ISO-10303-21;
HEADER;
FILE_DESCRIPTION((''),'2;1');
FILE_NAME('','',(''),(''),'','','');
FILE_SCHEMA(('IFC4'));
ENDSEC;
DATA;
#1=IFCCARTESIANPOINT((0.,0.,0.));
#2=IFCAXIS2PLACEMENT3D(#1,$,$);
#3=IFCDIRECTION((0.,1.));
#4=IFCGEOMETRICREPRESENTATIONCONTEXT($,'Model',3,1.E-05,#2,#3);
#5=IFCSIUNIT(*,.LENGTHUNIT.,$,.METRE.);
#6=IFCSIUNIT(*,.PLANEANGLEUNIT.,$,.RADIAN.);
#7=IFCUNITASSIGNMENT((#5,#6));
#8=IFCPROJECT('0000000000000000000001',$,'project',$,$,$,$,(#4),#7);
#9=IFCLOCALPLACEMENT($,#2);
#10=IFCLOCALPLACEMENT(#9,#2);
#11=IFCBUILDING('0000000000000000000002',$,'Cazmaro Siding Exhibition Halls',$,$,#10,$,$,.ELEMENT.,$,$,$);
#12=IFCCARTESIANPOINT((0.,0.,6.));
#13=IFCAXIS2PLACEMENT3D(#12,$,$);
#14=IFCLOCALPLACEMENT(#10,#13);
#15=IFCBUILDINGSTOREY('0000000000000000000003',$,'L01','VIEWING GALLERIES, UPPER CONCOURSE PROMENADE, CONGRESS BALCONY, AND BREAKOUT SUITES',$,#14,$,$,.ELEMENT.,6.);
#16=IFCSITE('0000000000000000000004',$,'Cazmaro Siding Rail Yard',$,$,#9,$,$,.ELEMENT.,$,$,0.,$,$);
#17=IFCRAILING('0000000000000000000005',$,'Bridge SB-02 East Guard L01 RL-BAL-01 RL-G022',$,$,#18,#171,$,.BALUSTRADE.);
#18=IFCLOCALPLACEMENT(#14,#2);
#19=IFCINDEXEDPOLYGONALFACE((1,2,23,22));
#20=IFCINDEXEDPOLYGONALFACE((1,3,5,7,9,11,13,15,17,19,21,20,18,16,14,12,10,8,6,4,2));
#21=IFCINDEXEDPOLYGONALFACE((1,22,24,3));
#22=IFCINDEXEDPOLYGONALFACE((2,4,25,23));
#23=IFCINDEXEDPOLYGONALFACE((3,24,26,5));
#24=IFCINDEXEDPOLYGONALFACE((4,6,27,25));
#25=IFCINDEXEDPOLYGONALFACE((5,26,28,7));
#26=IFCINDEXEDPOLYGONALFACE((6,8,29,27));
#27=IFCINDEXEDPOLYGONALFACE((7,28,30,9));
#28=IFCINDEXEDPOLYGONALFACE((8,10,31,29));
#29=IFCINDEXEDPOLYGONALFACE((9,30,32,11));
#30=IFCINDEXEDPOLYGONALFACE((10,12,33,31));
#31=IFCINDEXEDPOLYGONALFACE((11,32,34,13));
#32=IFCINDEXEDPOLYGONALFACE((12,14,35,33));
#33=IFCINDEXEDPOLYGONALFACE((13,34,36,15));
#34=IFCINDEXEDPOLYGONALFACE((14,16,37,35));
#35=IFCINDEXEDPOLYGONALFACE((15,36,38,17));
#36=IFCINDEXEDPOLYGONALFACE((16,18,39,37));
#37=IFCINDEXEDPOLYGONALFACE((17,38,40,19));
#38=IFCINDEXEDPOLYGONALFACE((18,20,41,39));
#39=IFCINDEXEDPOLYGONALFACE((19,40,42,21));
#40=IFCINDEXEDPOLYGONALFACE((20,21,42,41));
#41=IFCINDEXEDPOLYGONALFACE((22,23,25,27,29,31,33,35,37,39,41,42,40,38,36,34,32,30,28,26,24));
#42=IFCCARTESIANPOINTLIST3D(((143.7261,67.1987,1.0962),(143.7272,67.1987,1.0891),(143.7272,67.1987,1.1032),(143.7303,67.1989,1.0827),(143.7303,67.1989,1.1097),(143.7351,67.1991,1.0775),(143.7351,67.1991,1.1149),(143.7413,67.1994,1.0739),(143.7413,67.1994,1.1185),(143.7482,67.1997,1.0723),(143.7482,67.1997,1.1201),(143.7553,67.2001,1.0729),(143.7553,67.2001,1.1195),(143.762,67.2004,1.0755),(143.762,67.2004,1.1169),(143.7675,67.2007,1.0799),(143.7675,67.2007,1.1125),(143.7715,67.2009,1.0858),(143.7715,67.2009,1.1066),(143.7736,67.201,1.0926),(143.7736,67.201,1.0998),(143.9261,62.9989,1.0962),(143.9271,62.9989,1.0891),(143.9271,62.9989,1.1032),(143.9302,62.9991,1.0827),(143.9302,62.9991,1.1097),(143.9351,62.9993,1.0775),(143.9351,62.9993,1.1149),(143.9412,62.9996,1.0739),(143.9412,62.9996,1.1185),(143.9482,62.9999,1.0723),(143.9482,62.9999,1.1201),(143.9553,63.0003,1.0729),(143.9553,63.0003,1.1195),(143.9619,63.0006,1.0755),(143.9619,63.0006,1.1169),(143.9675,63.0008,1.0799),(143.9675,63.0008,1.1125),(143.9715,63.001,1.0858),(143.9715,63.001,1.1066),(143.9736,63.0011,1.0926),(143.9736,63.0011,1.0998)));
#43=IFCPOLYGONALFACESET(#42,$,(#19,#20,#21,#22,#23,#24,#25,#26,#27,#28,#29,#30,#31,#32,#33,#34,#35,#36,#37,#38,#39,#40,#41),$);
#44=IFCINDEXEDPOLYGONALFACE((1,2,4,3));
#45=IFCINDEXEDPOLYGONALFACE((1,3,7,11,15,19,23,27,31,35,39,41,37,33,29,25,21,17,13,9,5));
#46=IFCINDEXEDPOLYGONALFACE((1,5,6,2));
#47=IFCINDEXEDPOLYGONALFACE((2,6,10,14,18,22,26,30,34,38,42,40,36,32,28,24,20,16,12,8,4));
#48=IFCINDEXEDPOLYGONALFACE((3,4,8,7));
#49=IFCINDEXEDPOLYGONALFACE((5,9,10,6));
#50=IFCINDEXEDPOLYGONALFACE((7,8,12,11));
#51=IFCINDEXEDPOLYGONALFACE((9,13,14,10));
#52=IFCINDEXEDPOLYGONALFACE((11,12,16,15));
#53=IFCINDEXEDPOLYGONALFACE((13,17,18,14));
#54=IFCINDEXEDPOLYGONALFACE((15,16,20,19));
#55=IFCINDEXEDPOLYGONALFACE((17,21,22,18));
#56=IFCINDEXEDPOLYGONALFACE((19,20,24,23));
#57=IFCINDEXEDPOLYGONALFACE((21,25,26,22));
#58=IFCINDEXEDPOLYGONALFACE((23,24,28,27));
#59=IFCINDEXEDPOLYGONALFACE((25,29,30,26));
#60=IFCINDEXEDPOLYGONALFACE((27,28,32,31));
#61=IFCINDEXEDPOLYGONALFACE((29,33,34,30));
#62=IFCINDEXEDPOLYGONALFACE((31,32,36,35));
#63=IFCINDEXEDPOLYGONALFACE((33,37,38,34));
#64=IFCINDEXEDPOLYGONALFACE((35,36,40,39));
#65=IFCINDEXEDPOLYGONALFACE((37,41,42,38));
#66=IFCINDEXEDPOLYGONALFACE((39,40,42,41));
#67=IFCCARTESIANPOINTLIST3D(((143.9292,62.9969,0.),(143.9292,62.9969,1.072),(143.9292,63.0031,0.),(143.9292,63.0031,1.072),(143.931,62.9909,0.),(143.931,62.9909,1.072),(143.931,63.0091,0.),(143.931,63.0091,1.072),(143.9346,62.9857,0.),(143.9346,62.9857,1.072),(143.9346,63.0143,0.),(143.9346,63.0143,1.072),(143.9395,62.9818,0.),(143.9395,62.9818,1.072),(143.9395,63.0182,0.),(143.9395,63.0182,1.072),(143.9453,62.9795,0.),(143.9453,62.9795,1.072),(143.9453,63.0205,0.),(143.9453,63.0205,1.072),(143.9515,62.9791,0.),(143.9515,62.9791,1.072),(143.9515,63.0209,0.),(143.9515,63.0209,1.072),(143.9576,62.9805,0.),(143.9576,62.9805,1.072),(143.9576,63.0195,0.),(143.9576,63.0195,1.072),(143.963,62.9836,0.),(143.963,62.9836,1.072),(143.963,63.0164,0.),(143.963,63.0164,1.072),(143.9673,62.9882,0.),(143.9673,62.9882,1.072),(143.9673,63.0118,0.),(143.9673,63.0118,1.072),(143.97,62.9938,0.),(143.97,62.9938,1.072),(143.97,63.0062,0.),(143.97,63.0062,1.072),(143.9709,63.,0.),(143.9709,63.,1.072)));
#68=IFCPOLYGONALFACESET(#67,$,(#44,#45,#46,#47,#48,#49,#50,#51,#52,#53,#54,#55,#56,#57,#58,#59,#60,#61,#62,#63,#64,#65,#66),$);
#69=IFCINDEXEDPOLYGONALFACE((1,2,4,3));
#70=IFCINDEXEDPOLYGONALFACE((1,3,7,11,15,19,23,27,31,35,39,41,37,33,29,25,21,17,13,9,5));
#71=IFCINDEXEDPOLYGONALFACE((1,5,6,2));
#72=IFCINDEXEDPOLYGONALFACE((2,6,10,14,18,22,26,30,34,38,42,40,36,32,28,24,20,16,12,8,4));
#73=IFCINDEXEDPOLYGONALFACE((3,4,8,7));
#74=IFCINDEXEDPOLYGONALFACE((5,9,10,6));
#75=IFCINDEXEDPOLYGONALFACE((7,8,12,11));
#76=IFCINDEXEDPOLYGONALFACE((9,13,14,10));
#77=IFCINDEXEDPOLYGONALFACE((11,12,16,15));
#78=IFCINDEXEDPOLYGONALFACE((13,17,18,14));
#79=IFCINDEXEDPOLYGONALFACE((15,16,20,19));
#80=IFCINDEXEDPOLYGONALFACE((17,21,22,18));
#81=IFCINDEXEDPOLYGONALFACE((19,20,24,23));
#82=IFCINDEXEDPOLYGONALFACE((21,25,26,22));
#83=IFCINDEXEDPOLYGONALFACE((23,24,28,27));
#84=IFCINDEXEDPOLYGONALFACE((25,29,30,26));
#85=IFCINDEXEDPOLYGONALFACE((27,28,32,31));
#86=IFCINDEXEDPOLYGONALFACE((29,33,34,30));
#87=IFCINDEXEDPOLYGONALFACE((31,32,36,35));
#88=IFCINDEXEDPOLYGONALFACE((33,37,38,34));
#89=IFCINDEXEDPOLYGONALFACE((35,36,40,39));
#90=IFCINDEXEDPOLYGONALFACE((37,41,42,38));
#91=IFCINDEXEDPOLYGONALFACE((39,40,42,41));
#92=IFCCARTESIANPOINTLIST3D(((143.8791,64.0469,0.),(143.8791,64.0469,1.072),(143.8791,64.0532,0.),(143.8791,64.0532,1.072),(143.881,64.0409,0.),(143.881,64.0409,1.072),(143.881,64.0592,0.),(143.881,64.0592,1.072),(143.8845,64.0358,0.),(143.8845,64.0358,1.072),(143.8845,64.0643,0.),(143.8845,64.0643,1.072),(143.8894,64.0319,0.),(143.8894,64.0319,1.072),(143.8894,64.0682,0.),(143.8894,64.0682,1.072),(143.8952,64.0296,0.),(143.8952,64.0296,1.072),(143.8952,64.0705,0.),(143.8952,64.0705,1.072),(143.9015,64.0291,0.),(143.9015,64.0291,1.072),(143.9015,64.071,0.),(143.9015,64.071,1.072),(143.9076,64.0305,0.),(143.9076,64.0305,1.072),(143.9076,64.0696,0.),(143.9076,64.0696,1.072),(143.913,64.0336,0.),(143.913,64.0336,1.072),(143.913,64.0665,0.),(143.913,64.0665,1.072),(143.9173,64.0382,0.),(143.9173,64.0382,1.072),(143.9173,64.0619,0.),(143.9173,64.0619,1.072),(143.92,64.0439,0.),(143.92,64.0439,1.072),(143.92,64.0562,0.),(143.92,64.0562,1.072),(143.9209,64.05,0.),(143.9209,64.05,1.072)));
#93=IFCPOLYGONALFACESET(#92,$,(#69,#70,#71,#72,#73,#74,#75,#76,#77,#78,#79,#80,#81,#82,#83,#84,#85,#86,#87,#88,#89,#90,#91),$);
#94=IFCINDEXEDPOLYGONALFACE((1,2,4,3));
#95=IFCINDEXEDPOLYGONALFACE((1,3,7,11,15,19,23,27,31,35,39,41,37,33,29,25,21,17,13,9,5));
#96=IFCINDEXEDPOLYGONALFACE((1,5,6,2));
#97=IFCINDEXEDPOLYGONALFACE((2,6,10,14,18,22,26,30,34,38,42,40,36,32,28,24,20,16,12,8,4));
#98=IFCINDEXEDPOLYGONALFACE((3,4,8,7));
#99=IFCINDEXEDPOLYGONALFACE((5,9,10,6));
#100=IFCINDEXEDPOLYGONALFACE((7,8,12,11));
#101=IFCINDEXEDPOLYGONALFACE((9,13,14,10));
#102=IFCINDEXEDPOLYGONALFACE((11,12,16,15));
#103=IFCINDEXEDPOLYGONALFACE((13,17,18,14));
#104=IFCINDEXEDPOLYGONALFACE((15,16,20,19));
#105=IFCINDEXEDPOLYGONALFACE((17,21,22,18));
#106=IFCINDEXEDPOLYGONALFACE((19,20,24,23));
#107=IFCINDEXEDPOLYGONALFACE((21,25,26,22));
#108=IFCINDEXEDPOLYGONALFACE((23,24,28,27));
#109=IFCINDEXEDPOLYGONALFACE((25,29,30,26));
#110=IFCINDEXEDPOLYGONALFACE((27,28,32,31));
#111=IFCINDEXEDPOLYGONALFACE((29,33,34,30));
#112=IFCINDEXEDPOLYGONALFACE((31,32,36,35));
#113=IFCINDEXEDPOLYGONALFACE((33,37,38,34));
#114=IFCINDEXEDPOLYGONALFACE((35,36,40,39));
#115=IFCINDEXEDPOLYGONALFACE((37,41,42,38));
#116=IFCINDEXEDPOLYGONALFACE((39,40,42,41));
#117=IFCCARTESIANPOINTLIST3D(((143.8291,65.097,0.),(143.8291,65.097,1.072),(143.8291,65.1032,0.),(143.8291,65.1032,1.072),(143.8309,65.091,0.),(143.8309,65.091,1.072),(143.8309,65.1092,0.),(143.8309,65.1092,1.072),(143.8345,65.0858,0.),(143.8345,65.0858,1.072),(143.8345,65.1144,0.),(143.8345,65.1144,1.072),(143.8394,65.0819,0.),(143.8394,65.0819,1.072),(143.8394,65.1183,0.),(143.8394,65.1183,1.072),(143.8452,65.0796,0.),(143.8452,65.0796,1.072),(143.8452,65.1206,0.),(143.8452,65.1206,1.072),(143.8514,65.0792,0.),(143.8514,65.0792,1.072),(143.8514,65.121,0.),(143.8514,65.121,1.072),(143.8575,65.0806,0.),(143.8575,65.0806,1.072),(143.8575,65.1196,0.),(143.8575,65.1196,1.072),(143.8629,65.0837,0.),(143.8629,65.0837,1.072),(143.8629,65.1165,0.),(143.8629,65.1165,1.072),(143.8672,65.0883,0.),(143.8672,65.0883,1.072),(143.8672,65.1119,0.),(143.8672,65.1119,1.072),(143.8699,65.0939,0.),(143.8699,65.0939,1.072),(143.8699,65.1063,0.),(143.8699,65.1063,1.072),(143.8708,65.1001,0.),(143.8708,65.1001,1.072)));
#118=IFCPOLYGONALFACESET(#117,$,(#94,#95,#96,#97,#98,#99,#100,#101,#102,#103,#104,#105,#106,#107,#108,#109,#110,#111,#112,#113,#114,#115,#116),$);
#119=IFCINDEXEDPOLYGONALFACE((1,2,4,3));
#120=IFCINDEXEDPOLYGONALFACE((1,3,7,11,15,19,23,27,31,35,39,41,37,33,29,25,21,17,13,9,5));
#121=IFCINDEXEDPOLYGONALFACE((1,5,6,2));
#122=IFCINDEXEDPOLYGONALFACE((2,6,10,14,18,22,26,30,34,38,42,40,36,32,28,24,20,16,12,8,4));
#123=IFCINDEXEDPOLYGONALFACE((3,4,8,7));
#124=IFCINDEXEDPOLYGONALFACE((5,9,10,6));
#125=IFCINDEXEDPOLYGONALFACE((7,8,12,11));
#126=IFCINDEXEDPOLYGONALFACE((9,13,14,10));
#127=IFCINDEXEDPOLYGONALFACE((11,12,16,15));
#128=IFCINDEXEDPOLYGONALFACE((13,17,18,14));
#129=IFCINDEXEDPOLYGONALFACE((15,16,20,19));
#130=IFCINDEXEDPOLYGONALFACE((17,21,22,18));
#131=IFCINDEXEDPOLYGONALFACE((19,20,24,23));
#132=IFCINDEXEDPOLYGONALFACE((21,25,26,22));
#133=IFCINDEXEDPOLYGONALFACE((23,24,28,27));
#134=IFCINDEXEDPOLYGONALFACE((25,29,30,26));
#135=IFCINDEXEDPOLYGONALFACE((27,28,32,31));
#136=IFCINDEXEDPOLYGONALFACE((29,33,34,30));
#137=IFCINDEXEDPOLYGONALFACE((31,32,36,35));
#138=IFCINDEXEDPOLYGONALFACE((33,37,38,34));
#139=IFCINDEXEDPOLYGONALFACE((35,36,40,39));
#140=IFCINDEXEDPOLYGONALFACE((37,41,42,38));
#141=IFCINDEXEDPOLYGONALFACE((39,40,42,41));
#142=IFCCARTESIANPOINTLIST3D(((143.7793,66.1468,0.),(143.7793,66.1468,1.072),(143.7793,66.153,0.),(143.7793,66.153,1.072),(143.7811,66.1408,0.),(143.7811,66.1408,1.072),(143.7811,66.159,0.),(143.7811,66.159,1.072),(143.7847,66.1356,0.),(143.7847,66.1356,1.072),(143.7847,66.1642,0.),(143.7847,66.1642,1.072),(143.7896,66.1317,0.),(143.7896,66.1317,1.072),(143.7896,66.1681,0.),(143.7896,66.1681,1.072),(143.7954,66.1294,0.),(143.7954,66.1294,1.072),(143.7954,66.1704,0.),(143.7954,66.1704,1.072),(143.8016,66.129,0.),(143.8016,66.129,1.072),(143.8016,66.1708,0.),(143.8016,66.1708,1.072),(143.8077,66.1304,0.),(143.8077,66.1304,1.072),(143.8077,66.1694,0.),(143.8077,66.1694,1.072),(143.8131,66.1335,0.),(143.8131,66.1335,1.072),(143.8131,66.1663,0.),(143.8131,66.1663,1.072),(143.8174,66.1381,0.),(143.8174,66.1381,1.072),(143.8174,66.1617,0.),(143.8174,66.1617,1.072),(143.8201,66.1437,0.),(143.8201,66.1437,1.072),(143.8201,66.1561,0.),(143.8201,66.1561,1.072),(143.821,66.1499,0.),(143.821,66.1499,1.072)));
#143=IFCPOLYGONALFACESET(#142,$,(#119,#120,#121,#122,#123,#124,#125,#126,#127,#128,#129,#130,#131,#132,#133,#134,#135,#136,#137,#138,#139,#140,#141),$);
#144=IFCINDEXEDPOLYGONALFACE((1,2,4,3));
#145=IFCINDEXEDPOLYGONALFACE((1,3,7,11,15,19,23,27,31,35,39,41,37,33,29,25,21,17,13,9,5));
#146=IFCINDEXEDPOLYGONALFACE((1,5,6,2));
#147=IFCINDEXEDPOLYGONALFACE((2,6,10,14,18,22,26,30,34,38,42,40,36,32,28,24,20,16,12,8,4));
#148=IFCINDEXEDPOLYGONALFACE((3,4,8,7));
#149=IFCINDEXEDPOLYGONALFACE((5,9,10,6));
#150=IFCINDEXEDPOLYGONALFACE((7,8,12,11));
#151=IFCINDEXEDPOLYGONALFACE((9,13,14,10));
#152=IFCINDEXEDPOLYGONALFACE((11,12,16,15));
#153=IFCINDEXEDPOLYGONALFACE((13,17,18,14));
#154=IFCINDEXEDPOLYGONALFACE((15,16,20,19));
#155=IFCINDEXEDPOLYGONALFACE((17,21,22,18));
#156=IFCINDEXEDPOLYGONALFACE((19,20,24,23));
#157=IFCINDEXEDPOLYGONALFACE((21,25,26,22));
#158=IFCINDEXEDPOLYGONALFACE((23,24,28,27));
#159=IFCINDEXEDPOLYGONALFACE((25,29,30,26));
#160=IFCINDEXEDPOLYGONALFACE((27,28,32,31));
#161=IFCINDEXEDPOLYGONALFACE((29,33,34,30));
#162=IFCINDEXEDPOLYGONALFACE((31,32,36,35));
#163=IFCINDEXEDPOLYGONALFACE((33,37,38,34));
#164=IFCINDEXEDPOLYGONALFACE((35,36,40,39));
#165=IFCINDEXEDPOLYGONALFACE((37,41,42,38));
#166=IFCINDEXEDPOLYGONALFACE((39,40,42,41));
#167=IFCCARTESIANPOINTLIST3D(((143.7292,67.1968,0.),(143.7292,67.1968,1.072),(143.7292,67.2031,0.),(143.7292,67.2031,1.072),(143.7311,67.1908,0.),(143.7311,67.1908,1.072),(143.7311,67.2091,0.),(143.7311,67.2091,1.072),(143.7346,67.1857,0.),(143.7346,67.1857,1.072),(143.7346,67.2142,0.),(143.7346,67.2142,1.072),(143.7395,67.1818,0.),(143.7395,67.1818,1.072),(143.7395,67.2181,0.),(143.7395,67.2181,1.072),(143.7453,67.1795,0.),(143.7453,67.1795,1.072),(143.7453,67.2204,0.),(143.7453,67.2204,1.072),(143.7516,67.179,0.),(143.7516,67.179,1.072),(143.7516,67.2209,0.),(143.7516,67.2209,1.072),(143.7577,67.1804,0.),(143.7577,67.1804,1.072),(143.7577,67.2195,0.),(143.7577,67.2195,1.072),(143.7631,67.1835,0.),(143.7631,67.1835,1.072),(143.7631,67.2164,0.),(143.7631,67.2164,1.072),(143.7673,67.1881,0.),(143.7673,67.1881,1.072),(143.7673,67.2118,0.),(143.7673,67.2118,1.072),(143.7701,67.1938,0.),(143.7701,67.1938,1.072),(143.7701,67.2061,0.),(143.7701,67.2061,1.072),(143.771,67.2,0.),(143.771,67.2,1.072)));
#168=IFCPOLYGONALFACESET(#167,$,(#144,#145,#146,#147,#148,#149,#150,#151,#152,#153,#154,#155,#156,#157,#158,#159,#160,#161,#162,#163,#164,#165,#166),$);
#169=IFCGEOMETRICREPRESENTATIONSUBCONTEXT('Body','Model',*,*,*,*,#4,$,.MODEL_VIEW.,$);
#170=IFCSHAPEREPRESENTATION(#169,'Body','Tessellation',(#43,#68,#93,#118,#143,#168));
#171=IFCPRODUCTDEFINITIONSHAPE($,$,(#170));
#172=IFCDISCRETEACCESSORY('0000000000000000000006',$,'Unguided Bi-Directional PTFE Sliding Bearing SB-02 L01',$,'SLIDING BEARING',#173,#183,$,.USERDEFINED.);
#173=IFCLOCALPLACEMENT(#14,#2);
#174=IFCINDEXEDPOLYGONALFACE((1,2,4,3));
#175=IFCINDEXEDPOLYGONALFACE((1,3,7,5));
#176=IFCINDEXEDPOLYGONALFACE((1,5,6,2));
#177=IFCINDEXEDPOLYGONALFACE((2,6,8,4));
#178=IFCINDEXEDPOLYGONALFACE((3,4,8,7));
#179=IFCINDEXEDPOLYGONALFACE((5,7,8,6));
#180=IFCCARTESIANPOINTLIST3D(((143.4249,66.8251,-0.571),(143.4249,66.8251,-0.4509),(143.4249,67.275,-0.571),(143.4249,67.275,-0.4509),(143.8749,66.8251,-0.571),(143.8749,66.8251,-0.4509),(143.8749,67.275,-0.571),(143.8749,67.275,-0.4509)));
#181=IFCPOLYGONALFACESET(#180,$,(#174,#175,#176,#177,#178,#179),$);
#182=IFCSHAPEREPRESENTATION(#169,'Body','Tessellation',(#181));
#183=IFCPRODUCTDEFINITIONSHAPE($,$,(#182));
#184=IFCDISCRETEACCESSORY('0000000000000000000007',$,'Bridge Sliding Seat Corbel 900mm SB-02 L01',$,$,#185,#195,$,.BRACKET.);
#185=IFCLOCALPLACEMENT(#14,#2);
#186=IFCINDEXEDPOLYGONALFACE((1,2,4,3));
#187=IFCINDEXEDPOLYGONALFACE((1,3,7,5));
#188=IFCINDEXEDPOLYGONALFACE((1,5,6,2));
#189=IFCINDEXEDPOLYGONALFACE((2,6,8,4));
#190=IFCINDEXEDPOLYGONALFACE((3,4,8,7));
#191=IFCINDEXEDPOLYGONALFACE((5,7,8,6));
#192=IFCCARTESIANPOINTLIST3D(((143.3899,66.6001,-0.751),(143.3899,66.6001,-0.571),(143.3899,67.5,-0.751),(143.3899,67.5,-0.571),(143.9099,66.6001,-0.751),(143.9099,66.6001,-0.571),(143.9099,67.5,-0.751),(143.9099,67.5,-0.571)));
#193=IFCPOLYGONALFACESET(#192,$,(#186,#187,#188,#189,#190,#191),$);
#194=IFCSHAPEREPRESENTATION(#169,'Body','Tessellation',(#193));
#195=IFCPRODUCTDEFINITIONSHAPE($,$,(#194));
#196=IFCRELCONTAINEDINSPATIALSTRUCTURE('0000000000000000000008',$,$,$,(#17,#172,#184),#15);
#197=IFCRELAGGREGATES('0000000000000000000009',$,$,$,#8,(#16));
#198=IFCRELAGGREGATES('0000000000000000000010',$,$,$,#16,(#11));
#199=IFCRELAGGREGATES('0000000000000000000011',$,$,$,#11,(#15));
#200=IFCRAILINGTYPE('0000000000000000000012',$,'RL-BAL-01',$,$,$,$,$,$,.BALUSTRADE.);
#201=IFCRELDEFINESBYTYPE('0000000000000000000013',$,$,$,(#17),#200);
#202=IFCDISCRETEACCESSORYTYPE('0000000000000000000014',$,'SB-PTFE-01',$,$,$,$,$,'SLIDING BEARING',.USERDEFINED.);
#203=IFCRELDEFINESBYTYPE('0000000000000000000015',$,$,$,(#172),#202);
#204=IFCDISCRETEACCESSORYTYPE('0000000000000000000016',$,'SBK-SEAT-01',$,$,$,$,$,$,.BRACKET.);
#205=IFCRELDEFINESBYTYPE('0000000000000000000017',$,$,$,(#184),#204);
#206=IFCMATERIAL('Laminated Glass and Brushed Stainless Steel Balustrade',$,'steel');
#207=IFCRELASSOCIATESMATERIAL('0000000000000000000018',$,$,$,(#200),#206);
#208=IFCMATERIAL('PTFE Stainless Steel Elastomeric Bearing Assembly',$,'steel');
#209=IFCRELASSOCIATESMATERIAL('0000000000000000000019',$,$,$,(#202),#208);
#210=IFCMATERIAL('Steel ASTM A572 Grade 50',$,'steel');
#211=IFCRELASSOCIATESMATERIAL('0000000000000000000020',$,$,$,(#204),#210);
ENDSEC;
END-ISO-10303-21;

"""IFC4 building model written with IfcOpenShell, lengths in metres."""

from ifc_helpers import new_model, si_unit, direction, frame, origin, origin_2d, place, context, subcontext, project, spatial, rectangle, circle, extrude, material, type_object, element, save


model = new_model("IFC4")

# Units and contexts
model_context = context("Model", 3, precision=1e-05, world=origin(), true_north=direction((0.0, 1.0)))
body_context = subcontext(model_context, "Body", "Model", "MODEL_VIEW")
ifc_project = project(units=[si_unit("LENGTHUNIT", "METRE"), si_unit("PLANEANGLEUNIT", "RADIAN")], contexts=[model_context])

# Site, building, storey
site_placement = place(None, origin())
site = spatial("IfcSite", under=ifc_project, at=site_placement, Name="Cazmaro Siding Rail Yard", CompositionType="ELEMENT", RefElevation=0.0)
building_placement = place(site_placement, origin())
building = spatial("IfcBuilding", under=site, at=building_placement, Name="Cazmaro Siding Exhibition Halls", CompositionType="ELEMENT")
storey_placement = place(building_placement, frame((0.0, 0.0, 6.0)))
storey = spatial("IfcBuildingStorey", under=building, at=storey_placement, Name="L01", Description="VIEWING GALLERIES, UPPER CONCOURSE PROMENADE, CONGRESS BALCONY, AND BREAKOUT SUITES", CompositionType="ELEMENT", Elevation=6.0)

# Railing
ifc_material_1 = material(Name="Laminated Glass and Brushed Stainless Steel Balustrade", Category="steel")
railing_type = type_object("IfcRailingType", Name="RL-BAL-01", PredefinedType="BALUSTRADE", material=ifc_material_1)
railing_placement = place(storey_placement, frame((143.95, 63.0, 0.0)))
element("IfcRailing", 1, at=railing_placement, inside=storey, type_object=railing_type, Name="Bridge SB-02 East Guard L01 RL-BAL-01 RL-G022", PredefinedType="BALUSTRADE", context=body_context, shape_type="SweptSolid", body=[
    extrude(circle(Radius=0.0239, at=origin_2d()), frame((0.0, 0.0, 1.0962), z_axis=(-0.047554, 0.998869, 0.0), x_axis=(-0.998869, -0.047554, 0.0)), (0.0, 0.0, 1.0), 4.2046),
    extrude(circle(Radius=0.021, at=origin_2d()), origin(), (0.0, 0.0, 1.0), 1.072),
    extrude(circle(Radius=0.021, at=origin_2d()), frame((-0.05, 1.05, 0.0)), (0.0, 0.0, 1.0), 1.072),
    extrude(circle(Radius=0.021, at=origin_2d()), frame((-0.1001, 2.1001, 0.0)), (0.0, 0.0, 1.0), 1.072),
    extrude(circle(Radius=0.021, at=origin_2d()), frame((-0.1499, 3.1499, 0.0)), (0.0, 0.0, 1.0), 1.072),
    extrude(circle(Radius=0.021, at=origin_2d()), frame((-0.2, 4.2, 0.0)), (0.0, 0.0, 1.0), 1.072),
])

# Discrete accessories
ifc_material_2 = material(Name="PTFE Stainless Steel Elastomeric Bearing Assembly", Category="steel")
discrete_accessory_type_1 = type_object("IfcDiscreteAccessoryType", Name="SB-PTFE-01", ElementType="SLIDING BEARING", PredefinedType="USERDEFINED", material=ifc_material_2)
discrete_accessory_1_placement = place(storey_placement, frame((143.6499, 67.05, -0.571), z_axis=(0.0, 0.0, 1.0), x_axis=(1.0, 0.0, 0.0)))
element("IfcDiscreteAccessory", 2, at=discrete_accessory_1_placement, inside=storey, type_object=discrete_accessory_type_1, Name="Unguided Bi-Directional PTFE Sliding Bearing SB-02 L01", ObjectType="SLIDING BEARING", PredefinedType="USERDEFINED", context=body_context, shape_type="SweptSolid", body=[
    extrude(rectangle(XDim=0.45, YDim=0.45, at=origin_2d()), origin(), (0.0, 0.0, 1.0), 0.1201),
])
ifc_material_3 = material(Name="Steel ASTM A572 Grade 50", Category="steel")
discrete_accessory_type_2 = type_object("IfcDiscreteAccessoryType", Name="SBK-SEAT-01", PredefinedType="BRACKET", material=ifc_material_3)
discrete_accessory_2_placement = place(storey_placement, frame((143.6499, 67.05, -0.751), z_axis=(0.0, 0.0, 1.0), x_axis=(1.0, 0.0, 0.0)))
element("IfcDiscreteAccessory", 3, at=discrete_accessory_2_placement, inside=storey, type_object=discrete_accessory_type_2, Name="Bridge Sliding Seat Corbel 900mm SB-02 L01", PredefinedType="BRACKET", context=body_context, shape_type="SweptSolid", body=[
    extrude(rectangle(XDim=0.52, YDim=0.8999, at=origin_2d()), origin(), (0.0, 0.0, 1.0), 0.1799),
])

save(model, "model.ifc")
